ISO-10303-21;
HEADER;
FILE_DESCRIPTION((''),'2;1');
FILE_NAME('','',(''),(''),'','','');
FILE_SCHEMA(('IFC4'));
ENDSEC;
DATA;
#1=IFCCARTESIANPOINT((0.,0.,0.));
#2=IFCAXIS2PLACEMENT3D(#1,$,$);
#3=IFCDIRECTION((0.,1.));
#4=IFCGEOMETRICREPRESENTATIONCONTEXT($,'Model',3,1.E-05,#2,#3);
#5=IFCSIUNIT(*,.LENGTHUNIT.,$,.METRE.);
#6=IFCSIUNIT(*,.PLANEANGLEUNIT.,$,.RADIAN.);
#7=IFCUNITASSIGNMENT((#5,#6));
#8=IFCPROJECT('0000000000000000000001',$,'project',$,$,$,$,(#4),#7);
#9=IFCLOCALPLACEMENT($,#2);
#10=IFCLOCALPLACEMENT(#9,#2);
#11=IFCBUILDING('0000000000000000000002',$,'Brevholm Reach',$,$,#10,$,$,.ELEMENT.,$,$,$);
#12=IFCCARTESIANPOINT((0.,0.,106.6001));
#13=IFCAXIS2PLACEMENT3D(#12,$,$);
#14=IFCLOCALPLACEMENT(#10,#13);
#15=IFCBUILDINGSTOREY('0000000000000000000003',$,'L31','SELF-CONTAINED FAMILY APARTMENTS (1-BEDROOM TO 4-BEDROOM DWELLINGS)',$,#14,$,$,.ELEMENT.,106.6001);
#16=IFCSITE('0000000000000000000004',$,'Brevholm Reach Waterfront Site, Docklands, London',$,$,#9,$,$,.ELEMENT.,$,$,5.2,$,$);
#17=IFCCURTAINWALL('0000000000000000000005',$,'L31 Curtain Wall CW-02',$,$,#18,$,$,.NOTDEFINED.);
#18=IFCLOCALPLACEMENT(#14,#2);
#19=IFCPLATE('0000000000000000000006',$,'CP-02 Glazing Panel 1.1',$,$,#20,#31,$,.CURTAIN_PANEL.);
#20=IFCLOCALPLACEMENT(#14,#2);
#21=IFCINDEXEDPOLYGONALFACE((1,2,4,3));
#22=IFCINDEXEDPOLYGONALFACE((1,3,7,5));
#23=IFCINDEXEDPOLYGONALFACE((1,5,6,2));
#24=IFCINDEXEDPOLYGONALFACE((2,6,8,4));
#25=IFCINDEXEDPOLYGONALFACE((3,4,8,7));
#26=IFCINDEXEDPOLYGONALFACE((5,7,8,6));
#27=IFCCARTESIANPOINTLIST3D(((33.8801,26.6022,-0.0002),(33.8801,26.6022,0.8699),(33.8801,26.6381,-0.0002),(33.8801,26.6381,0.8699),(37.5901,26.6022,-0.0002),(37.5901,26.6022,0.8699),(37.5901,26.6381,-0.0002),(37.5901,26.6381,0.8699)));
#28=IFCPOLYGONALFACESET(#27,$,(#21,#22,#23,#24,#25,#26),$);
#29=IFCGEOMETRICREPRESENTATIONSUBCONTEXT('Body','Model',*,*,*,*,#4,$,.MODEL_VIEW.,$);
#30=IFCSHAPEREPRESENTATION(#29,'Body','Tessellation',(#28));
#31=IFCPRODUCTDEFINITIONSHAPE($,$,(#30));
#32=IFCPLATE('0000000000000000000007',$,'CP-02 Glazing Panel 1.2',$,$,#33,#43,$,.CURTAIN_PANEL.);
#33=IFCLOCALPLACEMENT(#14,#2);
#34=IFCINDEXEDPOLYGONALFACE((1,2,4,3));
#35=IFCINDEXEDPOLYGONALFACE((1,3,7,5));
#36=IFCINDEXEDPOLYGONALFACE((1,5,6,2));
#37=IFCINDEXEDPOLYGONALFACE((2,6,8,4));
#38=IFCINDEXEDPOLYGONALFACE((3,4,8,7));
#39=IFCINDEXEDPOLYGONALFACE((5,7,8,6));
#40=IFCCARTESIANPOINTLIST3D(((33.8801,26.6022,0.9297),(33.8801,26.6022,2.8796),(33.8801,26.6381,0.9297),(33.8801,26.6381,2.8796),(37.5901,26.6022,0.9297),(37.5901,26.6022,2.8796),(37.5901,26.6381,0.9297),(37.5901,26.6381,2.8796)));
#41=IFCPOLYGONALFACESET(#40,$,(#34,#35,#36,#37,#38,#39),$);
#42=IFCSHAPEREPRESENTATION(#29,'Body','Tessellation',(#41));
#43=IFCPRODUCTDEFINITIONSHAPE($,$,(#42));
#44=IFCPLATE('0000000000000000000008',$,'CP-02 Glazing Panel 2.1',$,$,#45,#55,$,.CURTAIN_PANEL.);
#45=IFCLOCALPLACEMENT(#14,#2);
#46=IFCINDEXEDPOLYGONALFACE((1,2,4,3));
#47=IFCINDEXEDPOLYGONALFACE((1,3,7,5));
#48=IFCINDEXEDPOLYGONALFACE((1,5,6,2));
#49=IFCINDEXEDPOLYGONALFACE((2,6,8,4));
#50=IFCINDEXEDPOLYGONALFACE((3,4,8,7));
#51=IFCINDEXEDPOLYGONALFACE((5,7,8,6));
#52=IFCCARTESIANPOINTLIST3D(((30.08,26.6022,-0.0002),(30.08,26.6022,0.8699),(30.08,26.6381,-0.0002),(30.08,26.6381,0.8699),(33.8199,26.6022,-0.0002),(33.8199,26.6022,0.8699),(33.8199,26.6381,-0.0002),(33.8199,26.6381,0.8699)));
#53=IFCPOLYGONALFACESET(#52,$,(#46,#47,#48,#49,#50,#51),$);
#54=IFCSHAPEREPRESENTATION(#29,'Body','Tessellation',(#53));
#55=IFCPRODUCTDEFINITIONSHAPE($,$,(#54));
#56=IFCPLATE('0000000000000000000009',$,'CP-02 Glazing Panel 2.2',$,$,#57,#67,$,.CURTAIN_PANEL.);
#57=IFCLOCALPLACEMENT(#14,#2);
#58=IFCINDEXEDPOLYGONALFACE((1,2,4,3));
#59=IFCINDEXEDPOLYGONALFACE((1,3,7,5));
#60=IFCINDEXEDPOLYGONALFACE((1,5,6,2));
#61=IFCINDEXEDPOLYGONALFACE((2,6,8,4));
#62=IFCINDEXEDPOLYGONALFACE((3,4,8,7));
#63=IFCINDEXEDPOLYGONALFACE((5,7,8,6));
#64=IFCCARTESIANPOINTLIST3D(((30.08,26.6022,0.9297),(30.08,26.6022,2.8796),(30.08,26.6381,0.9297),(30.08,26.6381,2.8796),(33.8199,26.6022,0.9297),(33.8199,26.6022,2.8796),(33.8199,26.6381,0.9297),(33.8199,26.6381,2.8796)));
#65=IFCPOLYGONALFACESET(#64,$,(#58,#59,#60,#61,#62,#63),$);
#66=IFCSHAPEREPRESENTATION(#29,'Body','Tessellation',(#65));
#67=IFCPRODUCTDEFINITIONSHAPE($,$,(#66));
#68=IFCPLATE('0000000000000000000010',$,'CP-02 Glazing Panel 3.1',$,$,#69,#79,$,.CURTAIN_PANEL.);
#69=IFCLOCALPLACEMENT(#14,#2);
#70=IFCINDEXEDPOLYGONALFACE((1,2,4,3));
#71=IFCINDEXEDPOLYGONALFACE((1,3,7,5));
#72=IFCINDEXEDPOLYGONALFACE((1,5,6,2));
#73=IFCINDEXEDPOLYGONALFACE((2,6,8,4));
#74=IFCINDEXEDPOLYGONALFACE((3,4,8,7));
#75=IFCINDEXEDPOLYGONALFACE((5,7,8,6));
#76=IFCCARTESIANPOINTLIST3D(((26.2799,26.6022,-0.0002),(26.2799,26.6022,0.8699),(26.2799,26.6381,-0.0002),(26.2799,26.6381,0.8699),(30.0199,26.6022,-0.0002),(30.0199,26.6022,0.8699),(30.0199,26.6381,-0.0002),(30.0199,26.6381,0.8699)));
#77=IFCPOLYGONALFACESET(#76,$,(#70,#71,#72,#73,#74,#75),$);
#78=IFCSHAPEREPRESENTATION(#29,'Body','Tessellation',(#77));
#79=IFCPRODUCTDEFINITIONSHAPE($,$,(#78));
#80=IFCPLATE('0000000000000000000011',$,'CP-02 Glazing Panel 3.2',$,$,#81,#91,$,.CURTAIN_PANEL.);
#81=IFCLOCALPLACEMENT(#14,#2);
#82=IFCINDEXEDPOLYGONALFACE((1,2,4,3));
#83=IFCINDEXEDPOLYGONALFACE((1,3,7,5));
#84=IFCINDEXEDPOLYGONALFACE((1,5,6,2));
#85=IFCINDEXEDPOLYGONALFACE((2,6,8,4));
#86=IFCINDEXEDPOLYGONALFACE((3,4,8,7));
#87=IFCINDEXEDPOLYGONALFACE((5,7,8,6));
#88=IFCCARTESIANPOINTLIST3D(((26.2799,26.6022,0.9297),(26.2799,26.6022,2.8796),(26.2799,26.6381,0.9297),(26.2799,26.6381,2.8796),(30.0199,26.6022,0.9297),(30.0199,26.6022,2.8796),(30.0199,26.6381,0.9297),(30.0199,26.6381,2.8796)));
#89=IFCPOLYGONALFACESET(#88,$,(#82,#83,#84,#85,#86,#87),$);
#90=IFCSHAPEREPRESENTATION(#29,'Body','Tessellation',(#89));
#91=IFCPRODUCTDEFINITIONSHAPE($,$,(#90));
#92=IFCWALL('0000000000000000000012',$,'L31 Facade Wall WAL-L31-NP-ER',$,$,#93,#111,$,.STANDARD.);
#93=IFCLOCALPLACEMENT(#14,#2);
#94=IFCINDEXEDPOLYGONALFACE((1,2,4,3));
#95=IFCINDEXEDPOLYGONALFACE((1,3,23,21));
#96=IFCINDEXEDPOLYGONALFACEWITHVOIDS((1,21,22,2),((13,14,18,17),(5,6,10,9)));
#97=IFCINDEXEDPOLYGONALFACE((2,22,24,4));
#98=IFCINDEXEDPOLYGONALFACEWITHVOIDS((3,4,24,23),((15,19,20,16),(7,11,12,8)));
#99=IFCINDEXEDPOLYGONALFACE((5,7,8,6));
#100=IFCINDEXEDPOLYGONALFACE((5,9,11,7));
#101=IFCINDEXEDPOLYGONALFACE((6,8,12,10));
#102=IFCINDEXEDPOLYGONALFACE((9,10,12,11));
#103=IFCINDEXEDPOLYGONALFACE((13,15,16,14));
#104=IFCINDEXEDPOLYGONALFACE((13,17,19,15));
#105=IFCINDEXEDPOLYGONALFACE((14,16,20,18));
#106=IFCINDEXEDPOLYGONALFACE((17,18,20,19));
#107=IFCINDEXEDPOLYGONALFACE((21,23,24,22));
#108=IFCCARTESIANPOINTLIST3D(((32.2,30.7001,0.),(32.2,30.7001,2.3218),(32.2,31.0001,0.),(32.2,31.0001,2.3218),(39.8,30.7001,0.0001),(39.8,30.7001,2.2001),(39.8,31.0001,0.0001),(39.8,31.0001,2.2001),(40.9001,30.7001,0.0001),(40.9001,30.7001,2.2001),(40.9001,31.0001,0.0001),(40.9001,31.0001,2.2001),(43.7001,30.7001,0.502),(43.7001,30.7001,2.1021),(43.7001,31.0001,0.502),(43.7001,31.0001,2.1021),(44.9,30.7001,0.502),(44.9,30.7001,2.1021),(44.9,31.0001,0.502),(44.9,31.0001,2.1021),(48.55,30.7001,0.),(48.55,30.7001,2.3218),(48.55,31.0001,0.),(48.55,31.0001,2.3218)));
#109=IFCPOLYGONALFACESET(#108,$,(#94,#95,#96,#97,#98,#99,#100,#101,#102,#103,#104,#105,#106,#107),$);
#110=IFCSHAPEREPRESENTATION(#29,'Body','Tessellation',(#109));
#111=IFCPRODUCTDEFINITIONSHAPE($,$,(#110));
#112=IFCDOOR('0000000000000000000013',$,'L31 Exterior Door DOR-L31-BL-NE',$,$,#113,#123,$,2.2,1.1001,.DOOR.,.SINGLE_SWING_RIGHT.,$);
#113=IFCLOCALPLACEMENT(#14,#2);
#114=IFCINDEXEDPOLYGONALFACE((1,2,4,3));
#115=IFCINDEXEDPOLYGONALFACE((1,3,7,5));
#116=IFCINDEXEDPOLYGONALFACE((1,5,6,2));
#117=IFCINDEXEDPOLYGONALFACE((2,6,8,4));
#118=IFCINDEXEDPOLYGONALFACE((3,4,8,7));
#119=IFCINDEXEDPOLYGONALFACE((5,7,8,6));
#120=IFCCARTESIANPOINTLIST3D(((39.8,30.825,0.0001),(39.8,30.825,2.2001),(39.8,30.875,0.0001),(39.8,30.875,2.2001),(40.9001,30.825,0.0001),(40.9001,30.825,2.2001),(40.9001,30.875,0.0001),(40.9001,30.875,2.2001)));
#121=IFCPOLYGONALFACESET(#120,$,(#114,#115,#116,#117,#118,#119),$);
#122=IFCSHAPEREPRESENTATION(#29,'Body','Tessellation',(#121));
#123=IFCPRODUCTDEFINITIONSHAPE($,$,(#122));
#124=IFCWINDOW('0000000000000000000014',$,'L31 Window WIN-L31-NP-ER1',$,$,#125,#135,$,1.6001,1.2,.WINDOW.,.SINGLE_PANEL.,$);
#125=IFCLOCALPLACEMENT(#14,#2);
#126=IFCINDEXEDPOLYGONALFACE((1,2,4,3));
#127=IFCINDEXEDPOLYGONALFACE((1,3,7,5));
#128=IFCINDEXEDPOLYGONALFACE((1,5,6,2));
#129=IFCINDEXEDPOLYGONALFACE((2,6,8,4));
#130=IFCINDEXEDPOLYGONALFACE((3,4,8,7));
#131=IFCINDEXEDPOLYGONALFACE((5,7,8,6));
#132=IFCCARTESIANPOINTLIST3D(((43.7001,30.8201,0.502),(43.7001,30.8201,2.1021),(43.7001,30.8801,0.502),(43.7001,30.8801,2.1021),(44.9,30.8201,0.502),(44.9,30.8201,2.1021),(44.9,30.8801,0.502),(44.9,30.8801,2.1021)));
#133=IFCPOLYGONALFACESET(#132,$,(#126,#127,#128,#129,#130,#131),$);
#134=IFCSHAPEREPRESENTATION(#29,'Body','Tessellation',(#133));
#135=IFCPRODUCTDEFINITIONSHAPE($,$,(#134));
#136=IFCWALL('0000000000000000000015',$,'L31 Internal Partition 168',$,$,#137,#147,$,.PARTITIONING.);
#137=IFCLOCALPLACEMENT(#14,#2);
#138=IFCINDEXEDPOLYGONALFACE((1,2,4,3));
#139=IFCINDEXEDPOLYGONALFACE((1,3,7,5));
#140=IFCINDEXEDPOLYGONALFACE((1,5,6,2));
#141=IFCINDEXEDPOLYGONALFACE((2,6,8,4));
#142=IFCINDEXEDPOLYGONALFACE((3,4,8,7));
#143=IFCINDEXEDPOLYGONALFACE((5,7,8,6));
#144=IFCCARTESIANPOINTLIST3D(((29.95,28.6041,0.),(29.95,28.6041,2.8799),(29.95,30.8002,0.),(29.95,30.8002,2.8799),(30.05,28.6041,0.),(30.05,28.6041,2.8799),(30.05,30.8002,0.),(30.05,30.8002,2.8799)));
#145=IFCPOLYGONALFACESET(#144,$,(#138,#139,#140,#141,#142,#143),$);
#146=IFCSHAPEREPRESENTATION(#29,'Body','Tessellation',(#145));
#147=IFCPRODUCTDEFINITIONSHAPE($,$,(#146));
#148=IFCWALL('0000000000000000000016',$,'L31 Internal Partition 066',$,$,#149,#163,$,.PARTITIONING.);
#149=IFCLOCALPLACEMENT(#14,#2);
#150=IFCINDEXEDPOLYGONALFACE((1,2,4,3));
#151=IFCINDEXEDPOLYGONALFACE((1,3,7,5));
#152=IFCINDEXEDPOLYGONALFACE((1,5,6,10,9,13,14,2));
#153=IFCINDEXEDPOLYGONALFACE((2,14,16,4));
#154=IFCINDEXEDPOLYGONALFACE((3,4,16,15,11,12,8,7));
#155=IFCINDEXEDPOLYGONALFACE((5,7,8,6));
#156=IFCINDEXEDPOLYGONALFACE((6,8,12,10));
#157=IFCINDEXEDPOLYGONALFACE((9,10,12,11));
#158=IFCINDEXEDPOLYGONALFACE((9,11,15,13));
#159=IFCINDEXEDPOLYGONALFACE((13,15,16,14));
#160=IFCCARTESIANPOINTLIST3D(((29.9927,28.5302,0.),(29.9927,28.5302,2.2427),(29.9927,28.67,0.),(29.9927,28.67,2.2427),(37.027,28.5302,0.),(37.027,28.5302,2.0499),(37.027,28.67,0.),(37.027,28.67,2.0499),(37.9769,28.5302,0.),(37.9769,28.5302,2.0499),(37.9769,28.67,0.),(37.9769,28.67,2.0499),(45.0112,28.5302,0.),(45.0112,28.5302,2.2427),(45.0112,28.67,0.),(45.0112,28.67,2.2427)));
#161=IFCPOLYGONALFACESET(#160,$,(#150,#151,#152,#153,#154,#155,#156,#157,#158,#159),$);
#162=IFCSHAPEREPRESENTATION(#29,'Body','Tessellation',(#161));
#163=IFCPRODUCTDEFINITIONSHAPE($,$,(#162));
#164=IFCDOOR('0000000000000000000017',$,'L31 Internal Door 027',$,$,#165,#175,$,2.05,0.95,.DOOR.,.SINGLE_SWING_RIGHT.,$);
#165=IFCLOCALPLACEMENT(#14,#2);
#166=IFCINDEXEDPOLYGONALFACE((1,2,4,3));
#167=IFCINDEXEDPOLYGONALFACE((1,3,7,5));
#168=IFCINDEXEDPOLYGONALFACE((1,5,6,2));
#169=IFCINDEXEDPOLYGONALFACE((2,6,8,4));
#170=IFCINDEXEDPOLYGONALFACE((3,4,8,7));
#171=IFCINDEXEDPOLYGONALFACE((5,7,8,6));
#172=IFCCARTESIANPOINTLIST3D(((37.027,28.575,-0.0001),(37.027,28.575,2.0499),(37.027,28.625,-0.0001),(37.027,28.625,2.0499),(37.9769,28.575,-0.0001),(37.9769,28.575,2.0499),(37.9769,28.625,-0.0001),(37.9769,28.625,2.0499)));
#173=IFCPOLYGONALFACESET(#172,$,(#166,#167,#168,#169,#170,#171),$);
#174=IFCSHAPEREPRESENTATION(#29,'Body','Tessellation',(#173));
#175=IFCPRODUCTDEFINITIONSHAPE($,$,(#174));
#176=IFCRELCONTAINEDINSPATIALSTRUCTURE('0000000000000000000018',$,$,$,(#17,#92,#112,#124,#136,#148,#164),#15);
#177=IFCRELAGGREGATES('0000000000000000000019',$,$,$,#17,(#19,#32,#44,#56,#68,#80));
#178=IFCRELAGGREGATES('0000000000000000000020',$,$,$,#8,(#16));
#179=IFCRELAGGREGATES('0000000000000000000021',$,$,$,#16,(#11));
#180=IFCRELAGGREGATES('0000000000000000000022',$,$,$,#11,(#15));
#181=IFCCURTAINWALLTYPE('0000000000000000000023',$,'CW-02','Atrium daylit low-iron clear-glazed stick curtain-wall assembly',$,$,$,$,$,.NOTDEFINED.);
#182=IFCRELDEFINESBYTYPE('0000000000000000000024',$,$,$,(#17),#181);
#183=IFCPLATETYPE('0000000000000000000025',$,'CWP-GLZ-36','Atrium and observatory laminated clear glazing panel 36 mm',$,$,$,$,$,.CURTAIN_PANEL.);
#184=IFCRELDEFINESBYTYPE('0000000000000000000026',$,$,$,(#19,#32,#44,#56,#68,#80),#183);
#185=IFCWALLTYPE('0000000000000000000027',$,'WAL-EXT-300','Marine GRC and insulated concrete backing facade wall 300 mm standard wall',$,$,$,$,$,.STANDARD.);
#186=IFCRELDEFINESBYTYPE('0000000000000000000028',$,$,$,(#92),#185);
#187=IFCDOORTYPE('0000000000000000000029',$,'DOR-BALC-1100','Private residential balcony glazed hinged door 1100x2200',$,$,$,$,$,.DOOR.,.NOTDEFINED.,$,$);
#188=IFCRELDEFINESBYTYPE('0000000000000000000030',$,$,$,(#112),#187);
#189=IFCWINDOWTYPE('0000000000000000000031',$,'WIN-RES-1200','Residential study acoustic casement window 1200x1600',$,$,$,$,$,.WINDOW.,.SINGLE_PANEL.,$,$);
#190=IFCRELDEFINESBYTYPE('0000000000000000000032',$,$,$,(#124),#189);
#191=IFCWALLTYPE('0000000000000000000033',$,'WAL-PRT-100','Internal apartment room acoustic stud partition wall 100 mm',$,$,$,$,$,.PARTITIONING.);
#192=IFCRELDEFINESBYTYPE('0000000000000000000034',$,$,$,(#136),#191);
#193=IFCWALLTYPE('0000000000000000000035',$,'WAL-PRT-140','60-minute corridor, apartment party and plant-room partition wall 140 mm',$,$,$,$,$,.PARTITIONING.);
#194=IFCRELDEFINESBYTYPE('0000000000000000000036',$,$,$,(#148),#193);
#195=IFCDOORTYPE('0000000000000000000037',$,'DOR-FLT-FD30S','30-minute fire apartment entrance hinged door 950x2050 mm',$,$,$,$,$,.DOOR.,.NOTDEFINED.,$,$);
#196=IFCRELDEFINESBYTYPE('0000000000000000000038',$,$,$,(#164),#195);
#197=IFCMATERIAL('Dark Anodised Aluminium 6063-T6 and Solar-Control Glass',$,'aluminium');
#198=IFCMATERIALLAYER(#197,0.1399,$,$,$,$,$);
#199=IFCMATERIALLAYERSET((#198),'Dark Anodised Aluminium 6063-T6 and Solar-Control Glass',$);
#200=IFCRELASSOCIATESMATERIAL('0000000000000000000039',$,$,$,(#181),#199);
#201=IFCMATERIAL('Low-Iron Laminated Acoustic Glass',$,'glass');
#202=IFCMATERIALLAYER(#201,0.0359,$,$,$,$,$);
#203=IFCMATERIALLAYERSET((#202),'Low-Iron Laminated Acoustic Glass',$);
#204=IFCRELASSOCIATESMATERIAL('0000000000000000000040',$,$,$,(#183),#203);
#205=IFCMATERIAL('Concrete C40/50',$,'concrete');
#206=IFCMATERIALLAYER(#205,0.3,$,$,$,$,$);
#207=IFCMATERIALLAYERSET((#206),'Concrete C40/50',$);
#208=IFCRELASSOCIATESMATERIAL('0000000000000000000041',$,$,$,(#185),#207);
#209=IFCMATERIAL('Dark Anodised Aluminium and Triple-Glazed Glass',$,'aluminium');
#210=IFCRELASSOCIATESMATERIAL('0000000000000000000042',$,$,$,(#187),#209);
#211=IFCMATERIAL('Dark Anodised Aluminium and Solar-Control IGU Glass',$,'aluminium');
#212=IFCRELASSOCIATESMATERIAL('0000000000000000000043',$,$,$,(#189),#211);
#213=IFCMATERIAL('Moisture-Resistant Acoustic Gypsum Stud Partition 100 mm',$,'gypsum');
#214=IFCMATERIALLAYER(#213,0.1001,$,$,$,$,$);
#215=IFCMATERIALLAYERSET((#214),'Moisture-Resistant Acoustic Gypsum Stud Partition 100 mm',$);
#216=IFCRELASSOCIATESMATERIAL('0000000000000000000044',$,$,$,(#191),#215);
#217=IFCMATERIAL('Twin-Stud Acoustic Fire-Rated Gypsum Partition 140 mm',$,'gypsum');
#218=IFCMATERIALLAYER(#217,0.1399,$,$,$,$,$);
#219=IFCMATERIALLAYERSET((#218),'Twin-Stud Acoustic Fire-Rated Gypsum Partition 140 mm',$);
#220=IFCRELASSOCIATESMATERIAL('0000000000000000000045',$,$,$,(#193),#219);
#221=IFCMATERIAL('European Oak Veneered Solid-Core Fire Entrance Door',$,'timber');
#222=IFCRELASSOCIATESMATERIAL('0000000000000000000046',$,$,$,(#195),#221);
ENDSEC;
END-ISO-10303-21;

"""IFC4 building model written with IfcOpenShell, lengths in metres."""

from ifc_helpers import new_model, si_unit, direction, frame, frame_2d, origin, origin_2d, place, context, subcontext, project, spatial, rectangle, extrude, material, layer, layer_set, type_object, element, fill, aggregate, save


model = new_model("IFC4")

# Units and contexts
model_context = context("Model", 3, precision=1e-05, world=origin(), true_north=direction((0.0, 1.0)))
body_context = subcontext(model_context, "Body", "Model", "MODEL_VIEW")
ifc_project = project(units=[si_unit("LENGTHUNIT", "METRE"), si_unit("PLANEANGLEUNIT", "RADIAN")], contexts=[model_context])

# Site, building, storey
site_placement = place(None, origin())
site = spatial("IfcSite", under=ifc_project, at=site_placement, Name="Brevholm Reach Waterfront Site, Docklands, London", CompositionType="ELEMENT", RefElevation=5.2)
building_placement = place(site_placement, origin())
building = spatial("IfcBuilding", under=site, at=building_placement, Name="Brevholm Reach", CompositionType="ELEMENT")
storey_placement = place(building_placement, frame((0.0, 0.0, 106.6001)))
storey = spatial("IfcBuildingStorey", under=building, at=storey_placement, Name="L31", Description="SELF-CONTAINED FAMILY APARTMENTS (1-BEDROOM TO 4-BEDROOM DWELLINGS)", CompositionType="ELEMENT", Elevation=106.6001)

# Curtain wall
ifc_material_1 = material(Name="Dark Anodised Aluminium 6063-T6 and Solar-Control Glass", Category="aluminium")
ifc_layer_1 = layer(ifc_material_1, 0.1399)
ifc_layer_set_1 = layer_set([ifc_layer_1], Name="Dark Anodised Aluminium 6063-T6 and Solar-Control Glass")
curtain_wall_type_1 = type_object("IfcCurtainWallType", Name="CW-02", Description="Atrium daylit low-iron clear-glazed stick curtain-wall assembly", PredefinedType="NOTDEFINED", material=ifc_layer_set_1)
curtain_wall_1_placement = place(storey_placement, origin())
curtain_wall_1 = element("IfcCurtainWall", 1, at=curtain_wall_1_placement, inside=storey, type_object=curtain_wall_type_1, Name="L31 Curtain Wall CW-02", PredefinedType="NOTDEFINED")

# Plates
ifc_material_2 = material(Name="Low-Iron Laminated Acoustic Glass", Category="glass")
ifc_layer_2 = layer(ifc_material_2, 0.0359)
ifc_layer_set_2 = layer_set([ifc_layer_2], Name="Low-Iron Laminated Acoustic Glass")
plate_type_1 = type_object("IfcPlateType", Name="CWP-GLZ-36", Description="Atrium and observatory laminated clear glazing panel 36 mm", PredefinedType="CURTAIN_PANEL", material=ifc_layer_set_2)
plate_1_placement = place(storey_placement, frame((35.7351, 26.6201, -0.0002), z_axis=(0.0, 0.0, 1.0), x_axis=(-1.0, 0.0, 0.0)))
plate_1 = element("IfcPlate", 2, at=plate_1_placement, type_object=plate_type_1, Name="CP-02 Glazing Panel 1.1", PredefinedType="CURTAIN_PANEL", context=body_context, shape_type="SweptSolid", body=[
    extrude(rectangle(XDim=3.71, YDim=0.0359, at=origin_2d()), origin(), (0.0, 0.0, 1.0), 0.8701),
])
plate_2_placement = place(storey_placement, frame((35.7351, 26.6201, 0.9297), z_axis=(0.0, 0.0, 1.0), x_axis=(-1.0, 0.0, 0.0)))
plate_2 = element("IfcPlate", 3, at=plate_2_placement, type_object=plate_type_1, Name="CP-02 Glazing Panel 1.2", PredefinedType="CURTAIN_PANEL", context=body_context, shape_type="SweptSolid", body=[
    extrude(rectangle(XDim=3.71, YDim=0.0359, at=origin_2d()), origin(), (0.0, 0.0, 1.0), 1.95),
])
plate_3_placement = place(storey_placement, frame((31.95, 26.6201, -0.0002), z_axis=(0.0, 0.0, 1.0), x_axis=(-1.0, 0.0, 0.0)))
plate_3 = element("IfcPlate", 4, at=plate_3_placement, type_object=plate_type_1, Name="CP-02 Glazing Panel 2.1", PredefinedType="CURTAIN_PANEL", context=body_context, shape_type="SweptSolid", body=[
    extrude(rectangle(XDim=3.74, YDim=0.0359, at=origin_2d()), origin(), (0.0, 0.0, 1.0), 0.8701),
])
plate_4_placement = place(storey_placement, frame((31.95, 26.6201, 0.9297), z_axis=(0.0, 0.0, 1.0), x_axis=(-1.0, 0.0, 0.0)))
plate_4 = element("IfcPlate", 5, at=plate_4_placement, type_object=plate_type_1, Name="CP-02 Glazing Panel 2.2", PredefinedType="CURTAIN_PANEL", context=body_context, shape_type="SweptSolid", body=[
    extrude(rectangle(XDim=3.74, YDim=0.0359, at=origin_2d()), origin(), (0.0, 0.0, 1.0), 1.95),
])
plate_5_placement = place(storey_placement, frame((28.1499, 26.6201, -0.0002), z_axis=(0.0, 0.0, 1.0), x_axis=(-1.0, 0.0, 0.0)))
plate_5 = element("IfcPlate", 6, at=plate_5_placement, type_object=plate_type_1, Name="CP-02 Glazing Panel 3.1", PredefinedType="CURTAIN_PANEL", context=body_context, shape_type="SweptSolid", body=[
    extrude(rectangle(XDim=3.74, YDim=0.0359, at=origin_2d()), origin(), (0.0, 0.0, 1.0), 0.8701),
])
plate_6_placement = place(storey_placement, frame((28.1499, 26.6201, 0.9297), z_axis=(0.0, 0.0, 1.0), x_axis=(-1.0, 0.0, 0.0)))
plate_6 = element("IfcPlate", 7, at=plate_6_placement, type_object=plate_type_1, Name="CP-02 Glazing Panel 3.2", PredefinedType="CURTAIN_PANEL", context=body_context, shape_type="SweptSolid", body=[
    extrude(rectangle(XDim=3.74, YDim=0.0359, at=origin_2d()), origin(), (0.0, 0.0, 1.0), 1.95),
])
aggregate(curtain_wall_1, [plate_1, plate_2, plate_3, plate_4, plate_5, plate_6])

# Wall, openings, door, window
ifc_material_3 = material(Name="Concrete C40/50", Category="concrete")
ifc_layer_3 = layer(ifc_material_3, 0.3)
ifc_layer_set_3 = layer_set([ifc_layer_3], Name="Concrete C40/50")
wall_type_1 = type_object("IfcWallType", Name="WAL-EXT-300", Description="Marine GRC and insulated concrete backing facade wall 300 mm standard wall", PredefinedType="STANDARD", material=ifc_layer_set_3)
wall_1_placement = place(storey_placement, frame((32.2, 30.8501, 0.0), z_axis=(0.0, 0.0, 1.0), x_axis=(1.0, 0.0, 0.0)))
wall_1 = element("IfcWall", 8, at=wall_1_placement, inside=storey, type_object=wall_type_1, Name="L31 Facade Wall WAL-L31-NP-ER", PredefinedType="STANDARD", context=body_context, shape_type="SweptSolid", body=[
    extrude(rectangle(XDim=16.3501, YDim=0.3, at=frame_2d((8.175, 0.0))), origin(), (0.0, 0.0, 1.0), 2.3218),
])
opening_1_placement = place(wall_1_placement, frame((7.6001, 0.0, 0.0)))
opening_1 = element("IfcOpeningElement", 9, at=opening_1_placement, cuts=wall_1, PredefinedType="OPENING", context=body_context, shape_type="SweptSolid", body=[
    extrude(rectangle(XDim=1.1001, YDim=2.2, at=frame_2d((0.55, 1.1001))), frame((0.0, 0.1599, 0.0), z_axis=(0.0, -1.0, 0.0), x_axis=(1.0, 0.0, 0.0)), (0.0, 0.0, 1.0), 0.3201),
])
opening_2_placement = place(wall_1_placement, frame((11.5, 0.0, 0.502)))
opening_2 = element("IfcOpeningElement", 10, at=opening_2_placement, cuts=wall_1, PredefinedType="OPENING", context=body_context, shape_type="SweptSolid", body=[
    extrude(rectangle(XDim=1.2, YDim=1.6001, at=frame_2d((0.6001, 0.8))), frame((0.0, 0.1599, 0.0), z_axis=(0.0, -1.0, 0.0), x_axis=(1.0, 0.0, 0.0)), (0.0, 0.0, 1.0), 0.3201),
])
ifc_material_4 = material(Name="Dark Anodised Aluminium and Triple-Glazed Glass", Category="aluminium")
door_type_1 = type_object("IfcDoorType", Name="DOR-BALC-1100", Description="Private residential balcony glazed hinged door 1100x2200", OperationType="NOTDEFINED", PredefinedType="DOOR", material=ifc_material_4)
door_1_placement = place(opening_1_placement, origin())
door_1 = element("IfcDoor", 11, at=door_1_placement, inside=storey, type_object=door_type_1, Name="L31 Exterior Door DOR-L31-BL-NE", OperationType="SINGLE_SWING_RIGHT", OverallHeight=2.2, OverallWidth=1.1001, PredefinedType="DOOR", context=body_context, shape_type="SweptSolid", body=[
    extrude(rectangle(XDim=1.1001, YDim=2.2, at=frame_2d((0.55, 1.1001))), frame((0.0, 0.0249, 0.0), z_axis=(0.0, -1.0, 0.0), x_axis=(1.0, 0.0, 0.0)), (0.0, 0.0, 1.0), 0.05),
])
fill(opening_1, door_1)
ifc_material_5 = material(Name="Dark Anodised Aluminium and Solar-Control IGU Glass", Category="aluminium")
window_type = type_object("IfcWindowType", Name="WIN-RES-1200", Description="Residential study acoustic casement window 1200x1600", PartitioningType="SINGLE_PANEL", PredefinedType="WINDOW", material=ifc_material_5)
window_placement = place(opening_2_placement, origin())
window = element("IfcWindow", 12, at=window_placement, inside=storey, type_object=window_type, Name="L31 Window WIN-L31-NP-ER1", OverallHeight=1.6001, OverallWidth=1.2, PartitioningType="SINGLE_PANEL", PredefinedType="WINDOW", context=body_context, shape_type="SweptSolid", body=[
    extrude(rectangle(XDim=1.2, YDim=1.6001, at=frame_2d((0.6001, 0.8))), frame((0.0, 0.03, 0.0), z_axis=(0.0, -1.0, 0.0), x_axis=(1.0, 0.0, 0.0)), (0.0, 0.0, 1.0), 0.0601),
])
fill(opening_2, window)

# Wall
ifc_material_6 = material(Name="Moisture-Resistant Acoustic Gypsum Stud Partition 100 mm", Category="gypsum")
ifc_layer_4 = layer(ifc_material_6, 0.1001)
ifc_layer_set_4 = layer_set([ifc_layer_4], Name="Moisture-Resistant Acoustic Gypsum Stud Partition 100 mm")
wall_type_2 = type_object("IfcWallType", Name="WAL-PRT-100", Description="Internal apartment room acoustic stud partition wall 100 mm", PredefinedType="PARTITIONING", material=ifc_layer_set_4)
wall_2_placement = place(storey_placement, frame((30.0, 28.604, 0.0), z_axis=(0.0, 0.0, 1.0), x_axis=(0.0, 1.0, 0.0)))
element("IfcWall", 13, at=wall_2_placement, inside=storey, type_object=wall_type_2, Name="L31 Internal Partition 168", PredefinedType="PARTITIONING", context=body_context, shape_type="SweptSolid", body=[
    extrude(rectangle(XDim=2.196, YDim=0.1001, at=frame_2d((1.0981, 0.0))), origin(), (0.0, 0.0, 1.0), 2.8799),
])

# Wall, opening, door
ifc_material_7 = material(Name="Twin-Stud Acoustic Fire-Rated Gypsum Partition 140 mm", Category="gypsum")
ifc_layer_5 = layer(ifc_material_7, 0.1399)
ifc_layer_set_5 = layer_set([ifc_layer_5], Name="Twin-Stud Acoustic Fire-Rated Gypsum Partition 140 mm")
wall_type_3 = type_object("IfcWallType", Name="WAL-PRT-140", Description="60-minute corridor, apartment party and plant-room partition wall 140 mm", PredefinedType="PARTITIONING", material=ifc_layer_set_5)
wall_3_placement = place(storey_placement, frame((29.9927, 28.6001, 0.0), z_axis=(0.0, 0.0, 1.0), x_axis=(1.0, 0.0, 0.0)))
wall_3 = element("IfcWall", 14, at=wall_3_placement, inside=storey, type_object=wall_type_3, Name="L31 Internal Partition 066", PredefinedType="PARTITIONING", context=body_context, shape_type="SweptSolid", body=[
    extrude(rectangle(XDim=15.0186, YDim=0.1399, at=frame_2d((7.5093, 0.0))), origin(), (0.0, 0.0, 1.0), 2.2427),
])
opening_3_placement = place(wall_3_placement, frame((7.0342, 0.0, 0.0)))
opening_3 = element("IfcOpeningElement", 15, at=opening_3_placement, cuts=wall_3, PredefinedType="OPENING", context=body_context, shape_type="SweptSolid", body=[
    extrude(rectangle(XDim=0.95, YDim=2.05, at=frame_2d((0.4751, 1.0249))), frame((0.0, 0.0798, 0.0), z_axis=(0.0, -1.0, 0.0), x_axis=(1.0, 0.0, 0.0)), (0.0, 0.0, 1.0), 0.1599),
])
ifc_material_8 = material(Name="European Oak Veneered Solid-Core Fire Entrance Door", Category="timber")
door_type_2 = type_object("IfcDoorType", Name="DOR-FLT-FD30S", Description="30-minute fire apartment entrance hinged door 950x2050 mm", OperationType="NOTDEFINED", PredefinedType="DOOR", material=ifc_material_8)
door_2_placement = place(opening_3_placement, origin())
door_2 = element("IfcDoor", 16, at=door_2_placement, inside=storey, type_object=door_type_2, Name="L31 Internal Door 027", OperationType="SINGLE_SWING_RIGHT", OverallHeight=2.05, OverallWidth=0.95, PredefinedType="DOOR", context=body_context, shape_type="SweptSolid", body=[
    extrude(rectangle(XDim=0.95, YDim=2.05, at=frame_2d((0.4751, 1.0249))), frame((0.0, 0.0249, 0.0), z_axis=(0.0, -1.0, 0.0), x_axis=(1.0, 0.0, 0.0)), (0.0, 0.0, 1.0), 0.05),
])
fill(opening_3, door_2)

save(model, "model.ifc")
